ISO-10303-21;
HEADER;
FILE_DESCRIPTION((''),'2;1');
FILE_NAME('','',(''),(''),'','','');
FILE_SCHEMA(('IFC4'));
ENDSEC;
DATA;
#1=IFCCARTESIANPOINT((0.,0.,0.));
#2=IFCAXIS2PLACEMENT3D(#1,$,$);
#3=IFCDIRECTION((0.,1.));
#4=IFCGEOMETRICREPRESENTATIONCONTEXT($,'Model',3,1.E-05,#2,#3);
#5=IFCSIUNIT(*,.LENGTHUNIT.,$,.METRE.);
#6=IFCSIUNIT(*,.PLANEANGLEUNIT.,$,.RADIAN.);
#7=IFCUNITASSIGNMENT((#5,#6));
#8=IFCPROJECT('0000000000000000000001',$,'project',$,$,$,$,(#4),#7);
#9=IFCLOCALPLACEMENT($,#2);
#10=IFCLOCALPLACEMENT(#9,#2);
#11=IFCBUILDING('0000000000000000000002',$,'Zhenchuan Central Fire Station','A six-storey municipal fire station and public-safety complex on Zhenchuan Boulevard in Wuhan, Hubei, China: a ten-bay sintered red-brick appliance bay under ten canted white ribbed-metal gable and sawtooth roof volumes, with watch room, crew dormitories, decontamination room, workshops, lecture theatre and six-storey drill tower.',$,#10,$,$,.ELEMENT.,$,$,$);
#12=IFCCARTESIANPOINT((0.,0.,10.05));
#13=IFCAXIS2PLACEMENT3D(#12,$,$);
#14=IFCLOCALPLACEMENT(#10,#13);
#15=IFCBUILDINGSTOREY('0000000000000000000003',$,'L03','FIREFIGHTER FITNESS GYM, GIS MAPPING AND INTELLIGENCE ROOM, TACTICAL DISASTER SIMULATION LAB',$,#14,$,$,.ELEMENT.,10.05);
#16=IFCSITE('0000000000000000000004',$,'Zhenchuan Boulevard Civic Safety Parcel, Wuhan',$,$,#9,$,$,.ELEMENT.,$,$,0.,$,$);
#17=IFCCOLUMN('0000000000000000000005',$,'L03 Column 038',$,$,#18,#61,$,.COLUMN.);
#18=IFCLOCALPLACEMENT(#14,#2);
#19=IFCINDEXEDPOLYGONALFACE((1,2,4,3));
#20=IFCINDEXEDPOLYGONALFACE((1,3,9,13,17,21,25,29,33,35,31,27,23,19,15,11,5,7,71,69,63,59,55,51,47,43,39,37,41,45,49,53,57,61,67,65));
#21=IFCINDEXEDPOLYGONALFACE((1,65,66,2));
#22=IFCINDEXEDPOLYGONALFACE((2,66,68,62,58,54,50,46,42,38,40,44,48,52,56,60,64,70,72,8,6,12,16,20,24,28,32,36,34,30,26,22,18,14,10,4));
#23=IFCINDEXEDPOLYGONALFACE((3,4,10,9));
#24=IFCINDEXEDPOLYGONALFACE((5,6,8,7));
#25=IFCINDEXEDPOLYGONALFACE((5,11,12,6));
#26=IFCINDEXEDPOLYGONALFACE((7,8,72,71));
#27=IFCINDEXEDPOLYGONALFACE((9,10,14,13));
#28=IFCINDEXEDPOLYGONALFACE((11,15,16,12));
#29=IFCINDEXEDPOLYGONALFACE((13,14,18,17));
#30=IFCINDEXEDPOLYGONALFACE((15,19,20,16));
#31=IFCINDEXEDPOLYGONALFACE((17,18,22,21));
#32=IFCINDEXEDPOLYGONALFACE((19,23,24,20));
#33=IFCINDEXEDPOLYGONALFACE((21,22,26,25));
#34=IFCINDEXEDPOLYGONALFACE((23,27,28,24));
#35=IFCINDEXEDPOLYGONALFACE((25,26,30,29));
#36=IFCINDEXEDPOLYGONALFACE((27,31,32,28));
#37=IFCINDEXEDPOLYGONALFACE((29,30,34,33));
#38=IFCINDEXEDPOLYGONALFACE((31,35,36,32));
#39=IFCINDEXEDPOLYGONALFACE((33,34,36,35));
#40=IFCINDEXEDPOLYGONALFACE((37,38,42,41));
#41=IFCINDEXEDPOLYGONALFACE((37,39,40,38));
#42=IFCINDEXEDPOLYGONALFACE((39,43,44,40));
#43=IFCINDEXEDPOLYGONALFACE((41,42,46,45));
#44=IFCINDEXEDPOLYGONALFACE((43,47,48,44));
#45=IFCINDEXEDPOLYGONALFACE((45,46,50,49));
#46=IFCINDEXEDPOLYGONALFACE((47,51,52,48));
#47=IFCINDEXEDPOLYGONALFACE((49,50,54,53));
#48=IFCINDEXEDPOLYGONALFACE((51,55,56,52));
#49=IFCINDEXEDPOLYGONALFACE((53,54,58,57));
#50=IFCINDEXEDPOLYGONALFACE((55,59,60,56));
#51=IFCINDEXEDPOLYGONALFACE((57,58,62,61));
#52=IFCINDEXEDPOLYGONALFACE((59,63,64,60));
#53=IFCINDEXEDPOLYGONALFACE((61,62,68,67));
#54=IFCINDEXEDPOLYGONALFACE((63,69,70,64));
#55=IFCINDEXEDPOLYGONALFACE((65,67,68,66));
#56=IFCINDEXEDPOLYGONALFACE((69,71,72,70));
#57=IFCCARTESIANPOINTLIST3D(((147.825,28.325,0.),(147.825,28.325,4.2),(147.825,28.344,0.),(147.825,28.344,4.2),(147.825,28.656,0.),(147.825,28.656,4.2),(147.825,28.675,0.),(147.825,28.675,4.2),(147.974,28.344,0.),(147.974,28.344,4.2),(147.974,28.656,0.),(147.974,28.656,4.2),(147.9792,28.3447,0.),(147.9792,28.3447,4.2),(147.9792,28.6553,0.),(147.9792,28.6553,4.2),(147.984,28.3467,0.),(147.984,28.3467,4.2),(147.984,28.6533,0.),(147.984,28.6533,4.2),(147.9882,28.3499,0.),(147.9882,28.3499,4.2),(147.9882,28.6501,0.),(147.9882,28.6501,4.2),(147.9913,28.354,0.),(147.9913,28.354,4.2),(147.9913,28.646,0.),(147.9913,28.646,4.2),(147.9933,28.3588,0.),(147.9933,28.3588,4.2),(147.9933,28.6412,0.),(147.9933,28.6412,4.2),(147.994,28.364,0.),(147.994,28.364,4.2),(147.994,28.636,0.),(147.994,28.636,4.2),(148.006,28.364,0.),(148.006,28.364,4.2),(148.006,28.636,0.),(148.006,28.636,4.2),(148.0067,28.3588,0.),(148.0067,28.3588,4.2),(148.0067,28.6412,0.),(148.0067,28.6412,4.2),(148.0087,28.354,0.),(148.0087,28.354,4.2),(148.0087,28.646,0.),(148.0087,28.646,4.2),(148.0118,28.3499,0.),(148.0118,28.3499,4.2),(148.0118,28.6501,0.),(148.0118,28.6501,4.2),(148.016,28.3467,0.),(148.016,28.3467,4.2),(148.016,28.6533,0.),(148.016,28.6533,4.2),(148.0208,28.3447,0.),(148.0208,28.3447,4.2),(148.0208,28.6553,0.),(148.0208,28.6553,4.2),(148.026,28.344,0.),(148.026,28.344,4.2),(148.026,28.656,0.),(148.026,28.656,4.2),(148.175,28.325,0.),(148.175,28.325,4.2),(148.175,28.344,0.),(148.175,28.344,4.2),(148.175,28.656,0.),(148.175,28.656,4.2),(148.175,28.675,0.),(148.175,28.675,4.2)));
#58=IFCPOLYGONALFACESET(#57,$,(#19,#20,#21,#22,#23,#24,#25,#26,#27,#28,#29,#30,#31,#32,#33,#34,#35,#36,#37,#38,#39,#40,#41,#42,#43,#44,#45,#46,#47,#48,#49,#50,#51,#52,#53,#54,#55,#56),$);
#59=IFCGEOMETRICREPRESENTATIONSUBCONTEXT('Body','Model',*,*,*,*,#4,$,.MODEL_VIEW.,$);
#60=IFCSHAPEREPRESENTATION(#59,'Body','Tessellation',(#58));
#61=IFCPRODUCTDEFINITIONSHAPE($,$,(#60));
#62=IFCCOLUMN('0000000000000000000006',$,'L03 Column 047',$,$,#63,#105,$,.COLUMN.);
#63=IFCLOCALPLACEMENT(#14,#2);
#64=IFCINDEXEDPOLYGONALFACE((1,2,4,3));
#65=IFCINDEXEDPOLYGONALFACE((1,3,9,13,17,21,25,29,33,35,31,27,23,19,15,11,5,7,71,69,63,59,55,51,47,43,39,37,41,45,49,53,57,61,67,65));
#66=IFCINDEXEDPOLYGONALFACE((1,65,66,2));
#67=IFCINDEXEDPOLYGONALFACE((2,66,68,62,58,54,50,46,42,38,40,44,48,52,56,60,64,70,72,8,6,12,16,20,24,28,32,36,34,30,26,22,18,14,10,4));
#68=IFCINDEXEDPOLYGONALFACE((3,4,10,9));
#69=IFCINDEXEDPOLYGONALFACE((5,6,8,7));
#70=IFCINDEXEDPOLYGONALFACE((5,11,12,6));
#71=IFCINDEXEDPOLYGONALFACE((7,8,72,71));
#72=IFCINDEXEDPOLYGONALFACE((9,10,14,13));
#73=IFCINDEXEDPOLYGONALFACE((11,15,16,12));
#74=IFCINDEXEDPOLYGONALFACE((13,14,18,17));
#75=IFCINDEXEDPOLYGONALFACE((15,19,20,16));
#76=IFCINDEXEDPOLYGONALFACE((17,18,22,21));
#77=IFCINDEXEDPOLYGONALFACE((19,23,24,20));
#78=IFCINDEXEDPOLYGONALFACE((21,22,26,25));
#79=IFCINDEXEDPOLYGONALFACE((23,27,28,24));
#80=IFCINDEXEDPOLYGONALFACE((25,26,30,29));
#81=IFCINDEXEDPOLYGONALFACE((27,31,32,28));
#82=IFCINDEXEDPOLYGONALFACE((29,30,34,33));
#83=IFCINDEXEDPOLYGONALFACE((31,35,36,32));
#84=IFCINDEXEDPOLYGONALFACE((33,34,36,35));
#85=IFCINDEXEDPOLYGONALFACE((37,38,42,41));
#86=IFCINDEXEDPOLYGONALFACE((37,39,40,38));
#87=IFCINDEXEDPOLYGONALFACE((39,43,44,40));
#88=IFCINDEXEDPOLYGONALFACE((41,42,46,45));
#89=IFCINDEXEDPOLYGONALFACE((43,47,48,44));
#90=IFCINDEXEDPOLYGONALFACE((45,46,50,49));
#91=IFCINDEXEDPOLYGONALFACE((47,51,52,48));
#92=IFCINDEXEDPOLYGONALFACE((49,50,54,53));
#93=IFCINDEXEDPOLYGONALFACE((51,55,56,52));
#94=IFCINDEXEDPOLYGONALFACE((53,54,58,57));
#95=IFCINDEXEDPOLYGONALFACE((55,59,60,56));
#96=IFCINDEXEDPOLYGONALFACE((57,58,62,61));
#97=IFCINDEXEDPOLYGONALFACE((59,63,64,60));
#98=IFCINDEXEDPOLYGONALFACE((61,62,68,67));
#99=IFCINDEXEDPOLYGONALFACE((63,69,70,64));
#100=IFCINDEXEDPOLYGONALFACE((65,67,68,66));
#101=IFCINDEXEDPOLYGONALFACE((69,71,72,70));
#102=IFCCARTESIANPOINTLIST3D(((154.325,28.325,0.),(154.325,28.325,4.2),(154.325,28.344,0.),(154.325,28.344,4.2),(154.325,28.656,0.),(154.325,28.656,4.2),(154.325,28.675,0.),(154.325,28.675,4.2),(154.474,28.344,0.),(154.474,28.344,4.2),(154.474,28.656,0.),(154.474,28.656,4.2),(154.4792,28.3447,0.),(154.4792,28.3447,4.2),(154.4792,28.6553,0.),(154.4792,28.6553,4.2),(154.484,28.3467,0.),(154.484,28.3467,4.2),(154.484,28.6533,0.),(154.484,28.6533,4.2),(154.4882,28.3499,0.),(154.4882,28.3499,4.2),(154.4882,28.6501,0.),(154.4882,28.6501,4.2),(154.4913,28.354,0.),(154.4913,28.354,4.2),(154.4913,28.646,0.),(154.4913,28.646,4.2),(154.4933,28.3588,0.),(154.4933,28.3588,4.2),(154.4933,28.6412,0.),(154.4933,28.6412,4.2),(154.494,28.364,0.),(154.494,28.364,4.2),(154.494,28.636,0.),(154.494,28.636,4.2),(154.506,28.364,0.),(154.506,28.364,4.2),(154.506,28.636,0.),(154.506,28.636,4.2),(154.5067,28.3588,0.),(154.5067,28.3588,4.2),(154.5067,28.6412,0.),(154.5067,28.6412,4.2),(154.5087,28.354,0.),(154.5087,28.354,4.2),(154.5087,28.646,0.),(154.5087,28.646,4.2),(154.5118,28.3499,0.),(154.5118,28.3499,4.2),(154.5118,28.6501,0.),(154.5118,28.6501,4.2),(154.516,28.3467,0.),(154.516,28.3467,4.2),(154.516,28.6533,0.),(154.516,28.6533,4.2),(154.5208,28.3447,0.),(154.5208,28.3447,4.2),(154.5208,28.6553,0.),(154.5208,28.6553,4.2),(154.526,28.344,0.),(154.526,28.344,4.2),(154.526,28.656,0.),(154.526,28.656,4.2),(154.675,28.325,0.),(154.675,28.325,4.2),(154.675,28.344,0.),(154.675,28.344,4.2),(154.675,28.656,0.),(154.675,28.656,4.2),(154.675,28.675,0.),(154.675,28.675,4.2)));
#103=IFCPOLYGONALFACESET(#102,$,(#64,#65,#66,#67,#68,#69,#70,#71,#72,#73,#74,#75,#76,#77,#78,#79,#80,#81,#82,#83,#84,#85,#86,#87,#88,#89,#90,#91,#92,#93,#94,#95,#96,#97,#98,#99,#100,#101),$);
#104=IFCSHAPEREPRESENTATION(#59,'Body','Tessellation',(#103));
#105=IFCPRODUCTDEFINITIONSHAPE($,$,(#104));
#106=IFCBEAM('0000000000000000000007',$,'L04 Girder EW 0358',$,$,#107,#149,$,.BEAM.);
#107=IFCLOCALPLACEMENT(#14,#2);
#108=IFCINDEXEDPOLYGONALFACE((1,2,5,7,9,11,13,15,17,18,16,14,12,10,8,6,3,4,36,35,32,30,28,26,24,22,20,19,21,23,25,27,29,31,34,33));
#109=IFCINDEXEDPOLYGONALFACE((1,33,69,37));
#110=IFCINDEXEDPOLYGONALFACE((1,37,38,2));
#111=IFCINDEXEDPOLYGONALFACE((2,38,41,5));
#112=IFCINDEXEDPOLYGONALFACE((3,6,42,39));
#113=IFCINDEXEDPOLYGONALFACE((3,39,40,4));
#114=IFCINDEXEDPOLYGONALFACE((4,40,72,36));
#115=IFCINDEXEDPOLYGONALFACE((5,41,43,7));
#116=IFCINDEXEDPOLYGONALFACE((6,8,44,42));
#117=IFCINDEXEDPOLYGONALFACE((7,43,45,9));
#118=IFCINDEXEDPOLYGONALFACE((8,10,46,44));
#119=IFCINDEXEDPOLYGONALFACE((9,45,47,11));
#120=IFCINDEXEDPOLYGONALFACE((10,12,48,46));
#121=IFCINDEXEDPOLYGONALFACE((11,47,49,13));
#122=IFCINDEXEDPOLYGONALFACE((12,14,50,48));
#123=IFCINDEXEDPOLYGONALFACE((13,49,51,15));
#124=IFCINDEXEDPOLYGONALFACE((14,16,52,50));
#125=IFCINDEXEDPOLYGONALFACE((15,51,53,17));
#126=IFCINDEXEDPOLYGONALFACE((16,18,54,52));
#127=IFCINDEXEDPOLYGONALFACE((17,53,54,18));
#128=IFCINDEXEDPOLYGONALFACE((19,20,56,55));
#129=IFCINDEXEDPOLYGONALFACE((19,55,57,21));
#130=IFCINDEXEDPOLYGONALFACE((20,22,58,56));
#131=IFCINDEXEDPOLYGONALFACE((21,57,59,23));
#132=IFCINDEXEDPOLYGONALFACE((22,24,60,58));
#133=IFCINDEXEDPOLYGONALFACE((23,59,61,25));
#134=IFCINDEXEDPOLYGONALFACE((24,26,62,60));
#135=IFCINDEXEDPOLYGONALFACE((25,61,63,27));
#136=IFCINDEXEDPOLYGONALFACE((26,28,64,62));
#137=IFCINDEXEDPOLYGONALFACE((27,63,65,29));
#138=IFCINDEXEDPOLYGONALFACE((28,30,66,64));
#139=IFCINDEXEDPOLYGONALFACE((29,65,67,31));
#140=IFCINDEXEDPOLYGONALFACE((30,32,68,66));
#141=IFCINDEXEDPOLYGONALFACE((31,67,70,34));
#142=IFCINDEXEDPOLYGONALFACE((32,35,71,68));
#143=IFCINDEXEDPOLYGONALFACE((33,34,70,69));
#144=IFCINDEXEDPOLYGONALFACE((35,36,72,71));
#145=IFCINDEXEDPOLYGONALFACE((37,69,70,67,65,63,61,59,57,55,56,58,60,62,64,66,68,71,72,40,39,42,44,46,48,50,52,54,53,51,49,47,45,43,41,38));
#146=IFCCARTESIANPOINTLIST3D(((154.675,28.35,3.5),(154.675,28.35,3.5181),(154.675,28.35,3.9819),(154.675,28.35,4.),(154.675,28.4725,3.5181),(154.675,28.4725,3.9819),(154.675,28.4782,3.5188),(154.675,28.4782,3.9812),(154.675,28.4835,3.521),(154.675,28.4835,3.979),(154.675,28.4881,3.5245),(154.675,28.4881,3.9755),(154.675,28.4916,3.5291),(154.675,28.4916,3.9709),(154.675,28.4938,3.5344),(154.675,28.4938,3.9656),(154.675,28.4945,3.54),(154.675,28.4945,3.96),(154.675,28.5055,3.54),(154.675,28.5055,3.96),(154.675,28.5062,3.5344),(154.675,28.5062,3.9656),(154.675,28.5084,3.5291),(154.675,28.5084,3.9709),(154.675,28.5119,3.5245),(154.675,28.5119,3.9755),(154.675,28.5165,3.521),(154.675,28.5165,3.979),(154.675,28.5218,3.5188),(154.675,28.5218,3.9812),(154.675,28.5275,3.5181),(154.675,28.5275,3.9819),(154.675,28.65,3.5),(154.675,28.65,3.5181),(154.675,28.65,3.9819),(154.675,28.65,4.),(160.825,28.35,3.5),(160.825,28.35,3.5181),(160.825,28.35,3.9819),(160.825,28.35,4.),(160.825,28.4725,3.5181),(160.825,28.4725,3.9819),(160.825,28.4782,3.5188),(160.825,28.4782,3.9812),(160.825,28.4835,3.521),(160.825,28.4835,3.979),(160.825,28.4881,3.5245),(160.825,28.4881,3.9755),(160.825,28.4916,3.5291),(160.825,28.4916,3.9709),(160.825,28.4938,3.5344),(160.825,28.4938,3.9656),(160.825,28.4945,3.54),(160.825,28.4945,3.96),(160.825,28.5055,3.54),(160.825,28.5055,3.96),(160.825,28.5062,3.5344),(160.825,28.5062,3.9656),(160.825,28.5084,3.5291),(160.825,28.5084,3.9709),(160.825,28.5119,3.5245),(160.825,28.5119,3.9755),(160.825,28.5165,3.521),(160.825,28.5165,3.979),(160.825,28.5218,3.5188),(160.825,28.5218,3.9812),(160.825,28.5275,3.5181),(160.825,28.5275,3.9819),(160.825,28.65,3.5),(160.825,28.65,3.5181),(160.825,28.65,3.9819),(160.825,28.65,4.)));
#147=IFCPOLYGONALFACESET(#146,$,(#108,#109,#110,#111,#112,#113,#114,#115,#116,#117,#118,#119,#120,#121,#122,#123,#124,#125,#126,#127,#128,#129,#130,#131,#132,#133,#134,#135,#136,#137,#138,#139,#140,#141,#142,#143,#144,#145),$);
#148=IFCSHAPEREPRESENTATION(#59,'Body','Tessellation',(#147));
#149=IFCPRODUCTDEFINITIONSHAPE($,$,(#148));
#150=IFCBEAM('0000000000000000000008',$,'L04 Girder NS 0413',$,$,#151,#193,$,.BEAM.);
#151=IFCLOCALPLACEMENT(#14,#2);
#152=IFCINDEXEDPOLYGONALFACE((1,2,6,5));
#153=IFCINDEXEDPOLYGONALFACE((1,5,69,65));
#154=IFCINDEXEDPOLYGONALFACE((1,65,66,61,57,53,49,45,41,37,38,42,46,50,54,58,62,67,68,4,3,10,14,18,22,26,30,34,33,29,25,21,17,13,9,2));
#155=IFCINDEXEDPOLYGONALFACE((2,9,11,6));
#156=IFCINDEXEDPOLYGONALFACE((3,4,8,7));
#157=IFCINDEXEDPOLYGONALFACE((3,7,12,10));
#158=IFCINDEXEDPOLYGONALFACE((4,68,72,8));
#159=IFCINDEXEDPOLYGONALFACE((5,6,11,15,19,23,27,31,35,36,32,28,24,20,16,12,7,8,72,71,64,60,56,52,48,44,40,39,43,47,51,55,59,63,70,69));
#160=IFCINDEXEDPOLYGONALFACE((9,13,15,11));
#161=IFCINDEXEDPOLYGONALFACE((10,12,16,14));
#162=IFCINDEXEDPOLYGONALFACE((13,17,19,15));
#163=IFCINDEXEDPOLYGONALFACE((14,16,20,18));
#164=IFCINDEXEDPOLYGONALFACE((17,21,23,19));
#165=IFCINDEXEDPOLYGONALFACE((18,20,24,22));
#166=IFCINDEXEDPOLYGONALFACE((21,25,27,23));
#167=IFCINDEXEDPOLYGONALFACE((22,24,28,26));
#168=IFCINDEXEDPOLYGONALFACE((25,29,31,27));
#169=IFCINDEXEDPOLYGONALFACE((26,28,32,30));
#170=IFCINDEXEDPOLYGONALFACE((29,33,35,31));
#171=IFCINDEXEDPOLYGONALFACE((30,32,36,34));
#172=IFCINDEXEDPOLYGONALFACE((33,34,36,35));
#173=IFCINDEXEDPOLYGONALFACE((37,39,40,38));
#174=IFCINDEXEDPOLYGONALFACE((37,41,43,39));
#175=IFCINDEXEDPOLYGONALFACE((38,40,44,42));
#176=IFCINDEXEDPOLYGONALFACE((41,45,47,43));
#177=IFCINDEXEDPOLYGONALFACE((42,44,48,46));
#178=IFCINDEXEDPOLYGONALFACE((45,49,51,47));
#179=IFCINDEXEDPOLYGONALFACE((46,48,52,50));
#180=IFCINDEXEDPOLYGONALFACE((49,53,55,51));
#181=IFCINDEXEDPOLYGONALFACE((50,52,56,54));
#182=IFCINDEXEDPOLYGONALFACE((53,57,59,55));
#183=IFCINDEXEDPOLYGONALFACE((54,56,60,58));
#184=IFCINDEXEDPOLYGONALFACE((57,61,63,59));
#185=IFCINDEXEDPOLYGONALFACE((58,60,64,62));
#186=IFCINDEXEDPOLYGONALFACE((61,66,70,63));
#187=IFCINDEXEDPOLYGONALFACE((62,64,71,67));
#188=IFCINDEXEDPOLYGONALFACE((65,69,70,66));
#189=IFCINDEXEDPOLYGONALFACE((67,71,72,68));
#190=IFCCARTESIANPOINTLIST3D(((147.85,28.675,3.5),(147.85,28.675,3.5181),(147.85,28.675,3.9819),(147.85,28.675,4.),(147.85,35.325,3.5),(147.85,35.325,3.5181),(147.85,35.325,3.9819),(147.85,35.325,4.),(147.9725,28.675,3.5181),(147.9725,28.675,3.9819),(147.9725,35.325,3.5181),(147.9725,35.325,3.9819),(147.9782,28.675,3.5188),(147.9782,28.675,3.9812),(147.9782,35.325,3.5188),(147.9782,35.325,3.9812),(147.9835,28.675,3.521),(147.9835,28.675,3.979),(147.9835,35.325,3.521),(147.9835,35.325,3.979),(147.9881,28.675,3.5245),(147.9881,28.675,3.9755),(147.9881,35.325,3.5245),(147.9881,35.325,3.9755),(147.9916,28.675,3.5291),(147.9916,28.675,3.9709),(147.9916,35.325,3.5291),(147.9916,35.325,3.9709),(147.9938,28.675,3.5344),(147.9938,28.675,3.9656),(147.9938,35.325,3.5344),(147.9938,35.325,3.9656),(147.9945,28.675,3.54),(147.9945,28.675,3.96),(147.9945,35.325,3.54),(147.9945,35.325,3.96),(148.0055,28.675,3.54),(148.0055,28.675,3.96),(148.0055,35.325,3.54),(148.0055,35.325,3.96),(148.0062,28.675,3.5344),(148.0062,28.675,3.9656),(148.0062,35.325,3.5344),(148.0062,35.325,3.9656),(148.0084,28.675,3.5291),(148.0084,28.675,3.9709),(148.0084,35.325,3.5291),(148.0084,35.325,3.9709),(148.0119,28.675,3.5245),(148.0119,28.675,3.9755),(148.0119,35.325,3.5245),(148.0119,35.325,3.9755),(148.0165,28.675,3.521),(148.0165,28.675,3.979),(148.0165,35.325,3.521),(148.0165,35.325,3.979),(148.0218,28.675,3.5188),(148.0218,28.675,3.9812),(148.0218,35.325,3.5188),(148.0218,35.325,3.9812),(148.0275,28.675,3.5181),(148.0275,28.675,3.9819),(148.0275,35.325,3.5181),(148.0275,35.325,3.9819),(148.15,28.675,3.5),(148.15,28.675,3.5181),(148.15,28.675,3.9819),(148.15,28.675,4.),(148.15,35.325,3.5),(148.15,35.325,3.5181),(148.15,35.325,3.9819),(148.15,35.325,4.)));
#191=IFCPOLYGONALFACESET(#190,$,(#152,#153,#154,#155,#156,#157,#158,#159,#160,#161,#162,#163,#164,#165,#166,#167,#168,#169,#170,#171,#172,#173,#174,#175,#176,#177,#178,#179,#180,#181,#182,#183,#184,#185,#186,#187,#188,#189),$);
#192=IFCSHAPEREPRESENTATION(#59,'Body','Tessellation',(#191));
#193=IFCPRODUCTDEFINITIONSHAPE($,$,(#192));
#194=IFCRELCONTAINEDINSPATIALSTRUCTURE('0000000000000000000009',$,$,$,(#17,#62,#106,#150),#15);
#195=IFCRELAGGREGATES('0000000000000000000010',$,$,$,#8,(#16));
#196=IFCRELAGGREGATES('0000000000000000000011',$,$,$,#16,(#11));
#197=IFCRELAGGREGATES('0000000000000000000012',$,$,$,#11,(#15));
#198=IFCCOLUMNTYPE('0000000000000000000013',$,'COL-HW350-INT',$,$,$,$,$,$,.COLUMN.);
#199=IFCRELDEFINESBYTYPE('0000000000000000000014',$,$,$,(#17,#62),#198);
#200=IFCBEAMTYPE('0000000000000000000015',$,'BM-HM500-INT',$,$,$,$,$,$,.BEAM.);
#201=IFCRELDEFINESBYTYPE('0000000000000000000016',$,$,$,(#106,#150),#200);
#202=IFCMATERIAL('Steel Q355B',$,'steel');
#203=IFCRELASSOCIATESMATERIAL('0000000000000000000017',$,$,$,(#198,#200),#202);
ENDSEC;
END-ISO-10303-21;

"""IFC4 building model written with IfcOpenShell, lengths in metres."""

from ifc_helpers import new_model, si_unit, direction, frame, origin, origin_2d, place, context, subcontext, project, spatial, i_section, extrude, material, material_profile, profile_set, type_object, element, save


model = new_model("IFC4")

# Units and contexts
model_context = context("Model", 3, precision=1e-05, world=origin(), true_north=direction((0.0, 1.0)))
body_context = subcontext(model_context, "Body", "Model", "MODEL_VIEW")
ifc_project = project(units=[si_unit("LENGTHUNIT", "METRE"), si_unit("PLANEANGLEUNIT", "RADIAN")], contexts=[model_context])

# Site, building, storey
site_placement = place(None, origin())
site = spatial("IfcSite", under=ifc_project, at=site_placement, Name="Zhenchuan Boulevard Civic Safety Parcel, Wuhan", CompositionType="ELEMENT", RefElevation=0.0)
building_placement = place(site_placement, origin())
building = spatial("IfcBuilding", under=site, at=building_placement, Name="Zhenchuan Central Fire Station", Description="A six-storey municipal fire station and public-safety complex on Zhenchuan Boulevard in Wuhan, Hubei, China: a ten-bay sintered red-brick appliance bay under ten canted white ribbed-metal gable and sawtooth roof volumes, with watch room, crew dormitories, decontamination room, workshops, lecture theatre and six-storey drill tower.", CompositionType="ELEMENT")
storey_placement = place(building_placement, frame((0.0, 0.0, 10.05)))
storey = spatial("IfcBuildingStorey", under=building, at=storey_placement, Name="L03", Description="FIREFIGHTER FITNESS GYM, GIS MAPPING AND INTELLIGENCE ROOM, TACTICAL DISASTER SIMULATION LAB", CompositionType="ELEMENT", Elevation=10.05)

# Columns
ifc_material_1 = material(Name="Steel Q355B", Category="steel")
ifc_material_profile_1 = material_profile(ifc_material_1, i_section(OverallWidth=0.3501, OverallDepth=0.3501, WebThickness=0.012, FlangeThickness=0.019, FilletRadius=0.02, at=origin_2d()), Name="HW 350x350")
ifc_profile_set_1 = profile_set([ifc_material_profile_1], Name="Steel Q355B")
column_type = type_object("IfcColumnType", Name="COL-HW350-INT", PredefinedType="COLUMN", material=ifc_profile_set_1)
for number, where, z_axis, x_axis, name in (
    (1, (148.0, 28.5, 0.0), (0.0, 0.0, 1.0), (1.0, 0.0, 0.0), "L03 Column 038"),
    (2, (154.5, 28.5, 0.0), (0.0, 0.0, 1.0), (1.0, 0.0, 0.0), "L03 Column 047"),
):
    element("IfcColumn", number, at=place(storey_placement, frame(where, z_axis=z_axis, x_axis=x_axis)), inside=storey, type_object=column_type, Name=name, PredefinedType="COLUMN", context=body_context, shape_type="SweptSolid", body=[
        extrude(i_section(OverallWidth=0.3501, OverallDepth=0.3501, WebThickness=0.012, FlangeThickness=0.019, FilletRadius=0.02, at=origin_2d()), origin(), (0.0, 0.0, 1.0), 4.2),
    ])

# Beams
ifc_material_profile_2 = material_profile(ifc_material_1, i_section(OverallWidth=0.3, OverallDepth=0.5, WebThickness=0.011, FlangeThickness=0.0181, FilletRadius=0.022, at=origin_2d()), Name="HM 500x300")
ifc_profile_set_2 = profile_set([ifc_material_profile_2], Name="Steel Q355B")
beam_type_1 = type_object("IfcBeamType", Name="BM-HM500-INT", PredefinedType="BEAM", material=ifc_profile_set_2)
beam_1_placement = place(storey_placement, frame((154.675, 28.5, 3.75), z_axis=(1.0, 0.0, 0.0), x_axis=(0.0, 1.0, 0.0)))
element("IfcBeam", 3, at=beam_1_placement, inside=storey, type_object=beam_type_1, Name="L04 Girder EW 0358", PredefinedType="BEAM", context=body_context, shape_type="SweptSolid", body=[
    extrude(i_section(OverallWidth=0.3, OverallDepth=0.5, WebThickness=0.011, FlangeThickness=0.0181, FilletRadius=0.022, at=origin_2d()), origin(), (0.0, 0.0, 1.0), 6.1499),
])
beam_2_placement = place(storey_placement, frame((148.0, 28.675, 3.75), z_axis=(0.0, 1.0, 0.0), x_axis=(-1.0, 0.0, 0.0)))
element("IfcBeam", 4, at=beam_2_placement, inside=storey, type_object=beam_type_1, Name="L04 Girder NS 0413", PredefinedType="BEAM", context=body_context, shape_type="SweptSolid", body=[
    extrude(i_section(OverallWidth=0.3, OverallDepth=0.5, WebThickness=0.011, FlangeThickness=0.0181, FilletRadius=0.022, at=origin_2d()), origin(), (0.0, 0.0, 1.0), 6.6499),
])

save(model, "model.ifc")
